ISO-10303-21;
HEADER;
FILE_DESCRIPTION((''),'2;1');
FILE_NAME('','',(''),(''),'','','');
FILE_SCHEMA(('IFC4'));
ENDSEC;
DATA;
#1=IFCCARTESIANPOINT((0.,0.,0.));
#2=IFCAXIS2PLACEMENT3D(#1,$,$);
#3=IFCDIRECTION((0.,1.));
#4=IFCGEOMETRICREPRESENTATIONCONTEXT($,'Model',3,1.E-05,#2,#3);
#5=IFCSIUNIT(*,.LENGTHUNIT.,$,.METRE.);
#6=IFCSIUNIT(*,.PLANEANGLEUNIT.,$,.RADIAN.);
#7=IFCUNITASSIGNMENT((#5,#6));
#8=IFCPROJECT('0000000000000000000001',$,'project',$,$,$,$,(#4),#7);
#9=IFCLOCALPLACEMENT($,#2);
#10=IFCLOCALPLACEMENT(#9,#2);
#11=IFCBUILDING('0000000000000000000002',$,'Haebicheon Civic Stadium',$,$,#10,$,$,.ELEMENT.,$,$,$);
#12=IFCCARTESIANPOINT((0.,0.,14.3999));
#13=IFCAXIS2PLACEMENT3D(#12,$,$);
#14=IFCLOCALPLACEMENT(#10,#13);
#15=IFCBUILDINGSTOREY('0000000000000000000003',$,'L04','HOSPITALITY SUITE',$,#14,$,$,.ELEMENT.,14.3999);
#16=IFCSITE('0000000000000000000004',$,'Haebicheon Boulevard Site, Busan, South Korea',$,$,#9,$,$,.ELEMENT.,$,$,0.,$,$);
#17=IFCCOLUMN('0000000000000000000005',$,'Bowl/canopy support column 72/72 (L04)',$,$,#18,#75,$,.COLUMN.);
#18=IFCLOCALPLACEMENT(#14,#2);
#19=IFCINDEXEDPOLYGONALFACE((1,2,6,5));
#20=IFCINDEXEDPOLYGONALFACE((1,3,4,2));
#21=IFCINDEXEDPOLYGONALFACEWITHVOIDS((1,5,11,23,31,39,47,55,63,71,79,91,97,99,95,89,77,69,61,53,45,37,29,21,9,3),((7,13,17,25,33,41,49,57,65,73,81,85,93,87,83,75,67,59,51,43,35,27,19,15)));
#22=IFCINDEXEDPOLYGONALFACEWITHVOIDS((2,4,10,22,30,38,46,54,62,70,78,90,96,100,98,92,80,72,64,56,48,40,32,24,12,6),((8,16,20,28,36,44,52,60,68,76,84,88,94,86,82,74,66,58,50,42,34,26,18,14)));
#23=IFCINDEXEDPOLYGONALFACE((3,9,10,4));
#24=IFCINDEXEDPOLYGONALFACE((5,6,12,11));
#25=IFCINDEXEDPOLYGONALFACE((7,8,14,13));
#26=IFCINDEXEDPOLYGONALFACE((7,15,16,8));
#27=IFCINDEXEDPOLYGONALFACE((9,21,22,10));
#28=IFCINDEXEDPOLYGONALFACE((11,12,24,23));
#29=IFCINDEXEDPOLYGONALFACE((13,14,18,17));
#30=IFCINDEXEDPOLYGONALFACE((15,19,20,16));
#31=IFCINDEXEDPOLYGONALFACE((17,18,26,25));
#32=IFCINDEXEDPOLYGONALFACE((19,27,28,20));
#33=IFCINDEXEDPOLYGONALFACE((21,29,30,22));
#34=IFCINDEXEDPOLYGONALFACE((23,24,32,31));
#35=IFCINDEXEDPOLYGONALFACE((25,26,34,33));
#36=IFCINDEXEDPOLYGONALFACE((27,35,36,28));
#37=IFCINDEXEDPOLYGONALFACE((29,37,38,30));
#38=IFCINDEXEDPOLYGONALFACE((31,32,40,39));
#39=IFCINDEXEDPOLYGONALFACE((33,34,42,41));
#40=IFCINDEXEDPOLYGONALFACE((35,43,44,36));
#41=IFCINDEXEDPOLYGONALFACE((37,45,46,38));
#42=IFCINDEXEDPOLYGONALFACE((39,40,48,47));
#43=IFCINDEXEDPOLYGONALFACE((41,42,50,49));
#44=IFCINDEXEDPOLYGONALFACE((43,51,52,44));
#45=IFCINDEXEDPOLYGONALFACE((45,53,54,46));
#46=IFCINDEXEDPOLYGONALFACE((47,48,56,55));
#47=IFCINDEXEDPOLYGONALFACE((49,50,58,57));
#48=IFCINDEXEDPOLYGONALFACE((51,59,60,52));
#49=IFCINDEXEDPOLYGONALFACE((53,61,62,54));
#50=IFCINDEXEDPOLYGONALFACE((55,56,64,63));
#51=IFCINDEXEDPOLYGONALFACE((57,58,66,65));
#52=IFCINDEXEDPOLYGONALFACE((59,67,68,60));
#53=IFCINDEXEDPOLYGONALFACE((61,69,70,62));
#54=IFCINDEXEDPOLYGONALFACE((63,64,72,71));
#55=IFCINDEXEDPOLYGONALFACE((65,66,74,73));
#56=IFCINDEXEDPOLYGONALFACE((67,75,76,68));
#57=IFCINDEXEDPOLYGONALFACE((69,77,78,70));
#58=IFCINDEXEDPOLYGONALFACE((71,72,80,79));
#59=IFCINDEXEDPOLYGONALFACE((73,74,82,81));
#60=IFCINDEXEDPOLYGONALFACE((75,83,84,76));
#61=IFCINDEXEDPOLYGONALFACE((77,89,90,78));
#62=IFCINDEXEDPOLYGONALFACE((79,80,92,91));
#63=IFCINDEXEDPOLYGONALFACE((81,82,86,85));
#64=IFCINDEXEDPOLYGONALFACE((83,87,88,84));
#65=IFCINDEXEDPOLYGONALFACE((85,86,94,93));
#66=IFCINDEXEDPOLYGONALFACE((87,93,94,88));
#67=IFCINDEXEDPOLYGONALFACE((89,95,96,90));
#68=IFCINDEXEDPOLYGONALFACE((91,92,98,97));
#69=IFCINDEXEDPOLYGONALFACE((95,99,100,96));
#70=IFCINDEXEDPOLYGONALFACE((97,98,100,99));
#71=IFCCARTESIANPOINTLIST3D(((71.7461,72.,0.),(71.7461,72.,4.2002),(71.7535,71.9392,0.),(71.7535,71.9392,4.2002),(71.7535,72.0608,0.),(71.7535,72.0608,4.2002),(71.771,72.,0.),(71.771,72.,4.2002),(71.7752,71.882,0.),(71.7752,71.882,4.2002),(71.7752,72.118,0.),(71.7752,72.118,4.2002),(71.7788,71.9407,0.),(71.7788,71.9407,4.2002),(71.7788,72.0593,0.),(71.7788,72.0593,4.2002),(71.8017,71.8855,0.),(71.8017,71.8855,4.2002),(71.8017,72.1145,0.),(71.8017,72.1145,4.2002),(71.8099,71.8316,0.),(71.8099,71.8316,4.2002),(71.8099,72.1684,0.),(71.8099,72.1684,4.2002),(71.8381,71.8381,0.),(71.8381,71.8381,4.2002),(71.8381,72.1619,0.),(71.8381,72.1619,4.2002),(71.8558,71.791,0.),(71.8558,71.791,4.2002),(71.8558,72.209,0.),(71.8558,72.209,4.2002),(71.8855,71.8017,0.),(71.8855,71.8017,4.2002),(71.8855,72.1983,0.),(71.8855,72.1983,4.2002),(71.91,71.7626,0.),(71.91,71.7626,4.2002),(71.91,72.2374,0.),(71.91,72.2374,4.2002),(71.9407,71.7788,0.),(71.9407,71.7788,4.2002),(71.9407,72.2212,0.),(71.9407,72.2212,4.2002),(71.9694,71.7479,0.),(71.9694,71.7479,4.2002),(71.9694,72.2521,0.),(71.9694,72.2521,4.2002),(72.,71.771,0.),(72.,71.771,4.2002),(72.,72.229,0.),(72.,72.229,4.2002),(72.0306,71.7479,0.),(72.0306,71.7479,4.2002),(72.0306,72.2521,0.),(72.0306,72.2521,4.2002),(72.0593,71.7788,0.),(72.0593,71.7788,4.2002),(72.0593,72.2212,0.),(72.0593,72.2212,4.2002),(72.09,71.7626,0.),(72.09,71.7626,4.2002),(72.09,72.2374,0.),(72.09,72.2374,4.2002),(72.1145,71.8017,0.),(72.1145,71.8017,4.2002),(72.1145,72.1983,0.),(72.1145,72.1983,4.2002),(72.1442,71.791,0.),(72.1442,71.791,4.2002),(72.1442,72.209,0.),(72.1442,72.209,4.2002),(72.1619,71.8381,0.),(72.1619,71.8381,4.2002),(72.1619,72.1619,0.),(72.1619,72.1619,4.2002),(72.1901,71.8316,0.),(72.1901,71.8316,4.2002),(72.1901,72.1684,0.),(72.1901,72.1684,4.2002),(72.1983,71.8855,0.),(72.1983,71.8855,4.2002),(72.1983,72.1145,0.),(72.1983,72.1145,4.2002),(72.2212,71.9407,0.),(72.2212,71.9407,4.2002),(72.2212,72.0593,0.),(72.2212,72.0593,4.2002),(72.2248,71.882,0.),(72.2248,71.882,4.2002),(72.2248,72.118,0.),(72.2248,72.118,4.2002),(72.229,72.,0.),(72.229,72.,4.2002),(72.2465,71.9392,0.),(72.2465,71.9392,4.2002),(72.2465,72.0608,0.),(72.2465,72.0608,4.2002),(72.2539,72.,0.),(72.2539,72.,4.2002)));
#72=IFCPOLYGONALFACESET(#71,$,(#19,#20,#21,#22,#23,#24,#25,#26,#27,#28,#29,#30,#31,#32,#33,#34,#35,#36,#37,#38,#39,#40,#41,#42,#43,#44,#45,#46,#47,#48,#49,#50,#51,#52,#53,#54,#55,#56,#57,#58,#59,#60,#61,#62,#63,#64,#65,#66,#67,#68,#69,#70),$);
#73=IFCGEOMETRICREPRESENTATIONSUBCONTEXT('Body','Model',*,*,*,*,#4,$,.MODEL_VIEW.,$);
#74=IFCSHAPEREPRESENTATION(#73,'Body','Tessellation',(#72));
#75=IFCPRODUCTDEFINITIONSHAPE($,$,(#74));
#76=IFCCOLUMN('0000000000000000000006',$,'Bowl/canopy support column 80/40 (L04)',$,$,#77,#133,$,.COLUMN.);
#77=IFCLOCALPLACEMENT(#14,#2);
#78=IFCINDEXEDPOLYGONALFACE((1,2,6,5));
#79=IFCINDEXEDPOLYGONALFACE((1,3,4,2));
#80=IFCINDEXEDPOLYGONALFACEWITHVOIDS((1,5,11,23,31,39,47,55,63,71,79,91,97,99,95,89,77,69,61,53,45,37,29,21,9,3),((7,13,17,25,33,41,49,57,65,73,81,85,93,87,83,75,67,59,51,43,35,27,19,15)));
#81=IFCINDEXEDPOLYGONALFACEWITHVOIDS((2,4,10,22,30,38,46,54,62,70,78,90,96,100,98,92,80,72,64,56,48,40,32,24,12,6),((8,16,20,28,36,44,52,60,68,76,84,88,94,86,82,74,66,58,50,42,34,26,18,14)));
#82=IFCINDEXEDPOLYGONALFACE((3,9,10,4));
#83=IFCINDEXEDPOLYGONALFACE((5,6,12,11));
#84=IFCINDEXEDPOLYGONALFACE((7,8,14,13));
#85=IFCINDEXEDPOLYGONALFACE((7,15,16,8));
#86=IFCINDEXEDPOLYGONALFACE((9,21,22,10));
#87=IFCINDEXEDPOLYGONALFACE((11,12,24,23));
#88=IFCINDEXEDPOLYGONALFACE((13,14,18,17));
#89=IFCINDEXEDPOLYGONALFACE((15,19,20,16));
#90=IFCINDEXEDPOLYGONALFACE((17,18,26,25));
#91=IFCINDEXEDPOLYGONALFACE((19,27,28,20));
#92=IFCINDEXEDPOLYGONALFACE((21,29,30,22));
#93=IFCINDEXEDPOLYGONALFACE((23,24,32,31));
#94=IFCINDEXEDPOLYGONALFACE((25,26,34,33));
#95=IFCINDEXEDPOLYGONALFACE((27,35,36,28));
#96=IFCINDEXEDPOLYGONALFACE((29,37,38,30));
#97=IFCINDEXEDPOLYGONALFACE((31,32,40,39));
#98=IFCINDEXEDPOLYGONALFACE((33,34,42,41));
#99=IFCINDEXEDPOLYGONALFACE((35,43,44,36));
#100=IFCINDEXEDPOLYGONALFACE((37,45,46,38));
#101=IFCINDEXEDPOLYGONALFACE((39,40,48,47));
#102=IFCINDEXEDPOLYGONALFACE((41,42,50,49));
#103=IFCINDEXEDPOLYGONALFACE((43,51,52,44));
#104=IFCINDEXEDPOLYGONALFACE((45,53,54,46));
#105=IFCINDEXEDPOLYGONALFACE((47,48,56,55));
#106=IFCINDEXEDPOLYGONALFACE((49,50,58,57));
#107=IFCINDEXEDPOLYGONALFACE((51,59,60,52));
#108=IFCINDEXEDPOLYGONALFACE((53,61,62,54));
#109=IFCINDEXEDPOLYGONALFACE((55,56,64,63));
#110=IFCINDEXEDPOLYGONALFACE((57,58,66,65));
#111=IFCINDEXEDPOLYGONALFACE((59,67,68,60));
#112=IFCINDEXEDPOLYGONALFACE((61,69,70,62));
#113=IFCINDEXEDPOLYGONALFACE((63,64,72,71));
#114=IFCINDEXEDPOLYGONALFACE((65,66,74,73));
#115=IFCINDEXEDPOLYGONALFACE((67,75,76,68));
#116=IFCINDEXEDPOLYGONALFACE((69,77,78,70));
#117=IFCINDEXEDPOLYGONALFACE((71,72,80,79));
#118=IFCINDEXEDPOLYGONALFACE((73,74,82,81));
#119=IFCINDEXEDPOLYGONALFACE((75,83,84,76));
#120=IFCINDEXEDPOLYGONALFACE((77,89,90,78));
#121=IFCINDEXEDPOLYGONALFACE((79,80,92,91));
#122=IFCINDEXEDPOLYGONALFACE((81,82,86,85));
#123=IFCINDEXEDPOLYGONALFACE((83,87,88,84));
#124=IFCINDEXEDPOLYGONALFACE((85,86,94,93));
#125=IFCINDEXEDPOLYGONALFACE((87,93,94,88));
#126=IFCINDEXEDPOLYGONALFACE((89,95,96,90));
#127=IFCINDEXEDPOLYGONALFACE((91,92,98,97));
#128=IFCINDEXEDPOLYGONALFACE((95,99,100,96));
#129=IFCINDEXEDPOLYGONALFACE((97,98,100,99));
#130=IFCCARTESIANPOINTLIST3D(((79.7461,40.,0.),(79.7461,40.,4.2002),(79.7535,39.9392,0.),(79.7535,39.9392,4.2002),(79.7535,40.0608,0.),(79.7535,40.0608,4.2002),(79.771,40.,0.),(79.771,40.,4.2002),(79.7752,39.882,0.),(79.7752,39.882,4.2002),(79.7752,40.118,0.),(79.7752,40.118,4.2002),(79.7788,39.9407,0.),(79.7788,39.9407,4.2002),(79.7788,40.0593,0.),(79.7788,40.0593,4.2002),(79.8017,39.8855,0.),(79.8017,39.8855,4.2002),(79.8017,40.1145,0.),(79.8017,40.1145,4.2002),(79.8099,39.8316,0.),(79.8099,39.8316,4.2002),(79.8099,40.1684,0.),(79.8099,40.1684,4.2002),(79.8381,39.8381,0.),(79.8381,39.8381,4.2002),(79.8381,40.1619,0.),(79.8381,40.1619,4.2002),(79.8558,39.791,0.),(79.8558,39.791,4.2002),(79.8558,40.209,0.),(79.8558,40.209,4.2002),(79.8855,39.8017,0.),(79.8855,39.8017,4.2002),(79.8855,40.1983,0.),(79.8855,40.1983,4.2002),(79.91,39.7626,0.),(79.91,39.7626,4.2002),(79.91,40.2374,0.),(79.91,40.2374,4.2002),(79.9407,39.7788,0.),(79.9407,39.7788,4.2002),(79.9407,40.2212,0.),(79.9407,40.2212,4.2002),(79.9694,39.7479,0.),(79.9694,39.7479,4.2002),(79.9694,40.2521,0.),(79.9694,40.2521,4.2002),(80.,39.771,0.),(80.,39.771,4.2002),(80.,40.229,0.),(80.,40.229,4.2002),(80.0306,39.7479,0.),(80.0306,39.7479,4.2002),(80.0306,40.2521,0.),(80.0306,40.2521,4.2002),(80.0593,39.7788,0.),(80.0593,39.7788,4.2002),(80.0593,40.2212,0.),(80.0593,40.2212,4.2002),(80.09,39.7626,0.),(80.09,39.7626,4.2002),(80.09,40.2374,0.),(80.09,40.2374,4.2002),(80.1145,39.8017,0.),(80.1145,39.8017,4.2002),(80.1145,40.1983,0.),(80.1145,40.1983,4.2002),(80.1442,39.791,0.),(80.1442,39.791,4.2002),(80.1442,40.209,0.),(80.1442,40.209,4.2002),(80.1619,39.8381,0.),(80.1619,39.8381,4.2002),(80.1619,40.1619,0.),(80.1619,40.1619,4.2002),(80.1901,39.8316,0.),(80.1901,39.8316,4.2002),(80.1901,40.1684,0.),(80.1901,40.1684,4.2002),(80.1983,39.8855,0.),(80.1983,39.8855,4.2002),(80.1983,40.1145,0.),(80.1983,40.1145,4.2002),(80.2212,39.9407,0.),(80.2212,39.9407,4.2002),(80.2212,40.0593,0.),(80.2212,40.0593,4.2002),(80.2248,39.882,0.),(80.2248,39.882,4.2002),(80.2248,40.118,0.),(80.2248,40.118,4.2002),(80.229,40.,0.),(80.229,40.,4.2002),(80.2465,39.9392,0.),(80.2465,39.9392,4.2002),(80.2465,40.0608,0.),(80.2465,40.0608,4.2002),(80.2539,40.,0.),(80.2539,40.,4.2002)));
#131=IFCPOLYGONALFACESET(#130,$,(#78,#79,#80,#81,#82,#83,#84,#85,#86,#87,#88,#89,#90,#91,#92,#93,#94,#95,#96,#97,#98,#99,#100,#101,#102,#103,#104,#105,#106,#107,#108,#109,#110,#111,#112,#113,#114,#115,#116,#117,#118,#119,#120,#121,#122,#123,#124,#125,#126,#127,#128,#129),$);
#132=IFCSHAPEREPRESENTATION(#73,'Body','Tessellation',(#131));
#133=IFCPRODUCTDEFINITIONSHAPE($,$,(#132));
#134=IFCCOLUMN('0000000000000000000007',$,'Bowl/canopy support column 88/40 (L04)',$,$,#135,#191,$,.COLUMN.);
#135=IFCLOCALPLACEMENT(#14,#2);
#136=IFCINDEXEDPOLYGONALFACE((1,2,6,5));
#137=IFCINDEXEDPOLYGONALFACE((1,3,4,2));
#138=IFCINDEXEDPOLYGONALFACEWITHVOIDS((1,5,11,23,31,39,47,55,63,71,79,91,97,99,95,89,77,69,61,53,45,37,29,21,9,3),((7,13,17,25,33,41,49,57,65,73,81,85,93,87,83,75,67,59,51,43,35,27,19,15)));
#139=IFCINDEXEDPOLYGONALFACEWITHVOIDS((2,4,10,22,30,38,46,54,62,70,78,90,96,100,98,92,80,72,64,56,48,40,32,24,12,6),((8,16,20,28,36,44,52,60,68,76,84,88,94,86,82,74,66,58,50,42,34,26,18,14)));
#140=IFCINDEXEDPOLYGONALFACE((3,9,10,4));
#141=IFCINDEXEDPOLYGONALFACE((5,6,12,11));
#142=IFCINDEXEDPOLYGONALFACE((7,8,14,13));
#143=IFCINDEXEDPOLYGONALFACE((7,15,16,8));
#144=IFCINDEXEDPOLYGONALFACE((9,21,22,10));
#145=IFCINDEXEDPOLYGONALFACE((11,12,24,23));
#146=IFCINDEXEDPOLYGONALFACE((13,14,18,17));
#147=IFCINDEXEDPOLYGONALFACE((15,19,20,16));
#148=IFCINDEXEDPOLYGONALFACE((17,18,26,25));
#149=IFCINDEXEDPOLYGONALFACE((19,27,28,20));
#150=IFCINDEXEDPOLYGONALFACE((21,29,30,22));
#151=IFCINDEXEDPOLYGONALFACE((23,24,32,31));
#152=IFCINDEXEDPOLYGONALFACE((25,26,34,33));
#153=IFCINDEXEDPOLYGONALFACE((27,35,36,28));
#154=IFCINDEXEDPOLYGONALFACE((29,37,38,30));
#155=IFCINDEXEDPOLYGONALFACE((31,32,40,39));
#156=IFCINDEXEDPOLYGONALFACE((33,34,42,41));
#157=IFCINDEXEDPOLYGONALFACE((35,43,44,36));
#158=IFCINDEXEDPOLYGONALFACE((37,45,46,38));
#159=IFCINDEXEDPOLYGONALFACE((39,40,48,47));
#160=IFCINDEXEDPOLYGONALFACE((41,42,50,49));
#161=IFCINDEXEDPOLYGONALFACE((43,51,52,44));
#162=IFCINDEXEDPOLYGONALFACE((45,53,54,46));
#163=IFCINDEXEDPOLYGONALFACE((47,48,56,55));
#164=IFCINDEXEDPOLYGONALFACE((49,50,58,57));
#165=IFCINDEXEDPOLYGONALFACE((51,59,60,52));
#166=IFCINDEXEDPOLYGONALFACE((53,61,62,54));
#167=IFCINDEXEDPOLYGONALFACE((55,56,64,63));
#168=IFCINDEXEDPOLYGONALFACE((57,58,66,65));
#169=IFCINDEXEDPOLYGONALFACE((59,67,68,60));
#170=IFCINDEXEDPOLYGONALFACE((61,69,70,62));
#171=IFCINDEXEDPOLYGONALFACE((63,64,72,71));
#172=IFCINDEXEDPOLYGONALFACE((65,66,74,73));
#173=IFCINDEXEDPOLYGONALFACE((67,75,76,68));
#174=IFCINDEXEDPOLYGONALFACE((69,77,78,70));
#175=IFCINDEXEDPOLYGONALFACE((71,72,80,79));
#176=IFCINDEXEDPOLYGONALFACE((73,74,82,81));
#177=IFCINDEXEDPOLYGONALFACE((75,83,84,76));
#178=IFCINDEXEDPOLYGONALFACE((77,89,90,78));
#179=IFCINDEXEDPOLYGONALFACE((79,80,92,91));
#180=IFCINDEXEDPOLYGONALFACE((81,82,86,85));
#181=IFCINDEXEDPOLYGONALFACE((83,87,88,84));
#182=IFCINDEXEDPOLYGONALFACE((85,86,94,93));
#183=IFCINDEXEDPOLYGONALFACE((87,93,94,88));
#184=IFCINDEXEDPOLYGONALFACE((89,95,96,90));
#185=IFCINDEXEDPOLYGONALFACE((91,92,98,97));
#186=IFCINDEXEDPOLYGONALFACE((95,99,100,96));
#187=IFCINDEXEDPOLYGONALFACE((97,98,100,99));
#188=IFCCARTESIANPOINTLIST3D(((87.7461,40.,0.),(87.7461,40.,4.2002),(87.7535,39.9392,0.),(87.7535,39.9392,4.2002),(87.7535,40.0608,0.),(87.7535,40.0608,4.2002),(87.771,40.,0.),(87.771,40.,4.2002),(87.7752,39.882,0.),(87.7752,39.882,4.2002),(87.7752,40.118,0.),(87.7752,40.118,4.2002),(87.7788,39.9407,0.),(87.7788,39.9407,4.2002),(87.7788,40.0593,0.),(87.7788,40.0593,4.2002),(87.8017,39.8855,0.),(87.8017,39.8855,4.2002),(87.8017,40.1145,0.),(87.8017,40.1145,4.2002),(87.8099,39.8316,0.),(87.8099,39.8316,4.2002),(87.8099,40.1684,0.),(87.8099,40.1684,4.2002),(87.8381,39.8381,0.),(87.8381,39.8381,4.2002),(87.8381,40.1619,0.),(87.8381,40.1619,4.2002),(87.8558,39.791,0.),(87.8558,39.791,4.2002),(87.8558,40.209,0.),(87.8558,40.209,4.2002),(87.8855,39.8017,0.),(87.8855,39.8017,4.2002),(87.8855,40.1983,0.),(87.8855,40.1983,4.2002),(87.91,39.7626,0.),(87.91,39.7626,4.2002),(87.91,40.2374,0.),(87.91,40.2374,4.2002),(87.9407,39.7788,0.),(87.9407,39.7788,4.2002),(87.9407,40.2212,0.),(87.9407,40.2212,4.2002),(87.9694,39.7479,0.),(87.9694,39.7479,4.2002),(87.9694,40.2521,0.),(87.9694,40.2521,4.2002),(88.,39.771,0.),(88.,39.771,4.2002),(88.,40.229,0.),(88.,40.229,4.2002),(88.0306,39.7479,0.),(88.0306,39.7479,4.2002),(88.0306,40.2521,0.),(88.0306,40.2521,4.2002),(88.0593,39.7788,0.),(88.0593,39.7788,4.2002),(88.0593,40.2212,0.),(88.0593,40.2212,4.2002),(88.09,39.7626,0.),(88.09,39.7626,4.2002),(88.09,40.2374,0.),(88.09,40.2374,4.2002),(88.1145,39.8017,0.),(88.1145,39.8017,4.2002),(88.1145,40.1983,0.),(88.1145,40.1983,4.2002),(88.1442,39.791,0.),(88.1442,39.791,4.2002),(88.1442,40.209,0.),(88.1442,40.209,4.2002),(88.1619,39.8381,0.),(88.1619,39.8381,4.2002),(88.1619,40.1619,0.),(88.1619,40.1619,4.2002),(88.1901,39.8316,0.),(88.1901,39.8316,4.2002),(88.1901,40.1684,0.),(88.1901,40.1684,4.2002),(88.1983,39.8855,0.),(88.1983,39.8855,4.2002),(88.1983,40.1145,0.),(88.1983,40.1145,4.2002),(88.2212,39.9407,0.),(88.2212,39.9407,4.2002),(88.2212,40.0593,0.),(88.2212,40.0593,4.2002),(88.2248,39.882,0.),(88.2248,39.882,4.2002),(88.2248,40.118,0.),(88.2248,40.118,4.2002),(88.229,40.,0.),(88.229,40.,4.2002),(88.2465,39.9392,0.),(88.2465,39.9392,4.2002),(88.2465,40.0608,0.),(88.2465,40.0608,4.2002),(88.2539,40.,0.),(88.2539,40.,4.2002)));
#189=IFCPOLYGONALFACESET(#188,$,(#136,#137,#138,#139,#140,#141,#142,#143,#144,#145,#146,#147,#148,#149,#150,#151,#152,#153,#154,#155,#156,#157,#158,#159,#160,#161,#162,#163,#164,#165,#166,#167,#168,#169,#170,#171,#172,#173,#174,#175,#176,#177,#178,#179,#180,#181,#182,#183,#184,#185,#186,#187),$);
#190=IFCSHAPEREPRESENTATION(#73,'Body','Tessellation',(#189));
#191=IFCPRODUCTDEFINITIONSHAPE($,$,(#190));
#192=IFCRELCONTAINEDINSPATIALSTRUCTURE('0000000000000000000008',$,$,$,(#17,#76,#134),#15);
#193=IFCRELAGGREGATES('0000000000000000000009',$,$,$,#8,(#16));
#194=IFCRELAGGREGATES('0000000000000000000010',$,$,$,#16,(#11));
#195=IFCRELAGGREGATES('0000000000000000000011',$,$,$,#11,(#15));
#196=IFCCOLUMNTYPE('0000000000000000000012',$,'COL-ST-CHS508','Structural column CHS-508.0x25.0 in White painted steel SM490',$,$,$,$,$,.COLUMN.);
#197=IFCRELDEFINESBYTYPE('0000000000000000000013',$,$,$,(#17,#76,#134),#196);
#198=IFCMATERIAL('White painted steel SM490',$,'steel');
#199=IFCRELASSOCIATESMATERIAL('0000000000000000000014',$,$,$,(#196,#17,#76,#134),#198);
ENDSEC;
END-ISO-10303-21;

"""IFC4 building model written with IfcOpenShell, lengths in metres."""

from ifc_helpers import new_model, si_unit, direction, frame, origin, origin_2d, place, context, subcontext, project, spatial, hollow_circle, extrude, material, material_profile, profile_set, type_object, element, save


model = new_model("IFC4")

# Units and contexts
model_context = context("Model", 3, precision=1e-05, world=origin(), true_north=direction((0.0, 1.0)))
body_context = subcontext(model_context, "Body", "Model", "MODEL_VIEW")
ifc_project = project(units=[si_unit("LENGTHUNIT", "METRE"), si_unit("PLANEANGLEUNIT", "RADIAN")], contexts=[model_context])

# Site, building, storey
site_placement = place(None, origin())
site = spatial("IfcSite", under=ifc_project, at=site_placement, Name="Haebicheon Boulevard Site, Busan, South Korea", CompositionType="ELEMENT", RefElevation=0.0)
building_placement = place(site_placement, origin())
building = spatial("IfcBuilding", under=site, at=building_placement, Name="Haebicheon Civic Stadium", CompositionType="ELEMENT")
storey_placement = place(building_placement, frame((0.0, 0.0, 14.3999)))
storey = spatial("IfcBuildingStorey", under=building, at=storey_placement, Name="L04", Description="HOSPITALITY SUITE", CompositionType="ELEMENT", Elevation=14.3999)

# Columns
ifc_material_1 = material(Name="White painted steel SM490", Category="steel")
ifc_material_profile_1 = material_profile(ifc_material_1, hollow_circle(Radius=0.2539, WallThickness=0.0249, at=origin_2d()), Name="CHS-508.0x25.0")
ifc_profile_set_1 = profile_set([ifc_material_profile_1], Name="White painted steel SM490")
column_type = type_object("IfcColumnType", Name="COL-ST-CHS508", Description="Structural column CHS-508.0x25.0 in White painted steel SM490", PredefinedType="COLUMN", material=ifc_profile_set_1)
for number, where, z_axis, x_axis, name in (
    (1, (72.0, 72.0, 0.0), (0.0, 0.0, 1.0), (1.0, 0.0, 0.0), "Bowl/canopy support column 72/72 (L04)"),
    (2, (80.0, 40.0, 0.0), (0.0, 0.0, 1.0), (1.0, 0.0, 0.0), "Bowl/canopy support column 80/40 (L04)"),
    (3, (88.0, 40.0, 0.0), (0.0, 0.0, 1.0), (1.0, 0.0, 0.0), "Bowl/canopy support column 88/40 (L04)"),
):
    element("IfcColumn", number, at=place(storey_placement, frame(where, z_axis=z_axis, x_axis=x_axis)), inside=storey, type_object=column_type, material=ifc_profile_set_1, Name=name, PredefinedType="COLUMN", context=body_context, shape_type="SweptSolid", body=[
        extrude(hollow_circle(Radius=0.2539, WallThickness=0.0249, at=origin_2d()), origin(), (0.0, 0.0, 1.0), 4.2002),
    ])

save(model, "model.ifc")
